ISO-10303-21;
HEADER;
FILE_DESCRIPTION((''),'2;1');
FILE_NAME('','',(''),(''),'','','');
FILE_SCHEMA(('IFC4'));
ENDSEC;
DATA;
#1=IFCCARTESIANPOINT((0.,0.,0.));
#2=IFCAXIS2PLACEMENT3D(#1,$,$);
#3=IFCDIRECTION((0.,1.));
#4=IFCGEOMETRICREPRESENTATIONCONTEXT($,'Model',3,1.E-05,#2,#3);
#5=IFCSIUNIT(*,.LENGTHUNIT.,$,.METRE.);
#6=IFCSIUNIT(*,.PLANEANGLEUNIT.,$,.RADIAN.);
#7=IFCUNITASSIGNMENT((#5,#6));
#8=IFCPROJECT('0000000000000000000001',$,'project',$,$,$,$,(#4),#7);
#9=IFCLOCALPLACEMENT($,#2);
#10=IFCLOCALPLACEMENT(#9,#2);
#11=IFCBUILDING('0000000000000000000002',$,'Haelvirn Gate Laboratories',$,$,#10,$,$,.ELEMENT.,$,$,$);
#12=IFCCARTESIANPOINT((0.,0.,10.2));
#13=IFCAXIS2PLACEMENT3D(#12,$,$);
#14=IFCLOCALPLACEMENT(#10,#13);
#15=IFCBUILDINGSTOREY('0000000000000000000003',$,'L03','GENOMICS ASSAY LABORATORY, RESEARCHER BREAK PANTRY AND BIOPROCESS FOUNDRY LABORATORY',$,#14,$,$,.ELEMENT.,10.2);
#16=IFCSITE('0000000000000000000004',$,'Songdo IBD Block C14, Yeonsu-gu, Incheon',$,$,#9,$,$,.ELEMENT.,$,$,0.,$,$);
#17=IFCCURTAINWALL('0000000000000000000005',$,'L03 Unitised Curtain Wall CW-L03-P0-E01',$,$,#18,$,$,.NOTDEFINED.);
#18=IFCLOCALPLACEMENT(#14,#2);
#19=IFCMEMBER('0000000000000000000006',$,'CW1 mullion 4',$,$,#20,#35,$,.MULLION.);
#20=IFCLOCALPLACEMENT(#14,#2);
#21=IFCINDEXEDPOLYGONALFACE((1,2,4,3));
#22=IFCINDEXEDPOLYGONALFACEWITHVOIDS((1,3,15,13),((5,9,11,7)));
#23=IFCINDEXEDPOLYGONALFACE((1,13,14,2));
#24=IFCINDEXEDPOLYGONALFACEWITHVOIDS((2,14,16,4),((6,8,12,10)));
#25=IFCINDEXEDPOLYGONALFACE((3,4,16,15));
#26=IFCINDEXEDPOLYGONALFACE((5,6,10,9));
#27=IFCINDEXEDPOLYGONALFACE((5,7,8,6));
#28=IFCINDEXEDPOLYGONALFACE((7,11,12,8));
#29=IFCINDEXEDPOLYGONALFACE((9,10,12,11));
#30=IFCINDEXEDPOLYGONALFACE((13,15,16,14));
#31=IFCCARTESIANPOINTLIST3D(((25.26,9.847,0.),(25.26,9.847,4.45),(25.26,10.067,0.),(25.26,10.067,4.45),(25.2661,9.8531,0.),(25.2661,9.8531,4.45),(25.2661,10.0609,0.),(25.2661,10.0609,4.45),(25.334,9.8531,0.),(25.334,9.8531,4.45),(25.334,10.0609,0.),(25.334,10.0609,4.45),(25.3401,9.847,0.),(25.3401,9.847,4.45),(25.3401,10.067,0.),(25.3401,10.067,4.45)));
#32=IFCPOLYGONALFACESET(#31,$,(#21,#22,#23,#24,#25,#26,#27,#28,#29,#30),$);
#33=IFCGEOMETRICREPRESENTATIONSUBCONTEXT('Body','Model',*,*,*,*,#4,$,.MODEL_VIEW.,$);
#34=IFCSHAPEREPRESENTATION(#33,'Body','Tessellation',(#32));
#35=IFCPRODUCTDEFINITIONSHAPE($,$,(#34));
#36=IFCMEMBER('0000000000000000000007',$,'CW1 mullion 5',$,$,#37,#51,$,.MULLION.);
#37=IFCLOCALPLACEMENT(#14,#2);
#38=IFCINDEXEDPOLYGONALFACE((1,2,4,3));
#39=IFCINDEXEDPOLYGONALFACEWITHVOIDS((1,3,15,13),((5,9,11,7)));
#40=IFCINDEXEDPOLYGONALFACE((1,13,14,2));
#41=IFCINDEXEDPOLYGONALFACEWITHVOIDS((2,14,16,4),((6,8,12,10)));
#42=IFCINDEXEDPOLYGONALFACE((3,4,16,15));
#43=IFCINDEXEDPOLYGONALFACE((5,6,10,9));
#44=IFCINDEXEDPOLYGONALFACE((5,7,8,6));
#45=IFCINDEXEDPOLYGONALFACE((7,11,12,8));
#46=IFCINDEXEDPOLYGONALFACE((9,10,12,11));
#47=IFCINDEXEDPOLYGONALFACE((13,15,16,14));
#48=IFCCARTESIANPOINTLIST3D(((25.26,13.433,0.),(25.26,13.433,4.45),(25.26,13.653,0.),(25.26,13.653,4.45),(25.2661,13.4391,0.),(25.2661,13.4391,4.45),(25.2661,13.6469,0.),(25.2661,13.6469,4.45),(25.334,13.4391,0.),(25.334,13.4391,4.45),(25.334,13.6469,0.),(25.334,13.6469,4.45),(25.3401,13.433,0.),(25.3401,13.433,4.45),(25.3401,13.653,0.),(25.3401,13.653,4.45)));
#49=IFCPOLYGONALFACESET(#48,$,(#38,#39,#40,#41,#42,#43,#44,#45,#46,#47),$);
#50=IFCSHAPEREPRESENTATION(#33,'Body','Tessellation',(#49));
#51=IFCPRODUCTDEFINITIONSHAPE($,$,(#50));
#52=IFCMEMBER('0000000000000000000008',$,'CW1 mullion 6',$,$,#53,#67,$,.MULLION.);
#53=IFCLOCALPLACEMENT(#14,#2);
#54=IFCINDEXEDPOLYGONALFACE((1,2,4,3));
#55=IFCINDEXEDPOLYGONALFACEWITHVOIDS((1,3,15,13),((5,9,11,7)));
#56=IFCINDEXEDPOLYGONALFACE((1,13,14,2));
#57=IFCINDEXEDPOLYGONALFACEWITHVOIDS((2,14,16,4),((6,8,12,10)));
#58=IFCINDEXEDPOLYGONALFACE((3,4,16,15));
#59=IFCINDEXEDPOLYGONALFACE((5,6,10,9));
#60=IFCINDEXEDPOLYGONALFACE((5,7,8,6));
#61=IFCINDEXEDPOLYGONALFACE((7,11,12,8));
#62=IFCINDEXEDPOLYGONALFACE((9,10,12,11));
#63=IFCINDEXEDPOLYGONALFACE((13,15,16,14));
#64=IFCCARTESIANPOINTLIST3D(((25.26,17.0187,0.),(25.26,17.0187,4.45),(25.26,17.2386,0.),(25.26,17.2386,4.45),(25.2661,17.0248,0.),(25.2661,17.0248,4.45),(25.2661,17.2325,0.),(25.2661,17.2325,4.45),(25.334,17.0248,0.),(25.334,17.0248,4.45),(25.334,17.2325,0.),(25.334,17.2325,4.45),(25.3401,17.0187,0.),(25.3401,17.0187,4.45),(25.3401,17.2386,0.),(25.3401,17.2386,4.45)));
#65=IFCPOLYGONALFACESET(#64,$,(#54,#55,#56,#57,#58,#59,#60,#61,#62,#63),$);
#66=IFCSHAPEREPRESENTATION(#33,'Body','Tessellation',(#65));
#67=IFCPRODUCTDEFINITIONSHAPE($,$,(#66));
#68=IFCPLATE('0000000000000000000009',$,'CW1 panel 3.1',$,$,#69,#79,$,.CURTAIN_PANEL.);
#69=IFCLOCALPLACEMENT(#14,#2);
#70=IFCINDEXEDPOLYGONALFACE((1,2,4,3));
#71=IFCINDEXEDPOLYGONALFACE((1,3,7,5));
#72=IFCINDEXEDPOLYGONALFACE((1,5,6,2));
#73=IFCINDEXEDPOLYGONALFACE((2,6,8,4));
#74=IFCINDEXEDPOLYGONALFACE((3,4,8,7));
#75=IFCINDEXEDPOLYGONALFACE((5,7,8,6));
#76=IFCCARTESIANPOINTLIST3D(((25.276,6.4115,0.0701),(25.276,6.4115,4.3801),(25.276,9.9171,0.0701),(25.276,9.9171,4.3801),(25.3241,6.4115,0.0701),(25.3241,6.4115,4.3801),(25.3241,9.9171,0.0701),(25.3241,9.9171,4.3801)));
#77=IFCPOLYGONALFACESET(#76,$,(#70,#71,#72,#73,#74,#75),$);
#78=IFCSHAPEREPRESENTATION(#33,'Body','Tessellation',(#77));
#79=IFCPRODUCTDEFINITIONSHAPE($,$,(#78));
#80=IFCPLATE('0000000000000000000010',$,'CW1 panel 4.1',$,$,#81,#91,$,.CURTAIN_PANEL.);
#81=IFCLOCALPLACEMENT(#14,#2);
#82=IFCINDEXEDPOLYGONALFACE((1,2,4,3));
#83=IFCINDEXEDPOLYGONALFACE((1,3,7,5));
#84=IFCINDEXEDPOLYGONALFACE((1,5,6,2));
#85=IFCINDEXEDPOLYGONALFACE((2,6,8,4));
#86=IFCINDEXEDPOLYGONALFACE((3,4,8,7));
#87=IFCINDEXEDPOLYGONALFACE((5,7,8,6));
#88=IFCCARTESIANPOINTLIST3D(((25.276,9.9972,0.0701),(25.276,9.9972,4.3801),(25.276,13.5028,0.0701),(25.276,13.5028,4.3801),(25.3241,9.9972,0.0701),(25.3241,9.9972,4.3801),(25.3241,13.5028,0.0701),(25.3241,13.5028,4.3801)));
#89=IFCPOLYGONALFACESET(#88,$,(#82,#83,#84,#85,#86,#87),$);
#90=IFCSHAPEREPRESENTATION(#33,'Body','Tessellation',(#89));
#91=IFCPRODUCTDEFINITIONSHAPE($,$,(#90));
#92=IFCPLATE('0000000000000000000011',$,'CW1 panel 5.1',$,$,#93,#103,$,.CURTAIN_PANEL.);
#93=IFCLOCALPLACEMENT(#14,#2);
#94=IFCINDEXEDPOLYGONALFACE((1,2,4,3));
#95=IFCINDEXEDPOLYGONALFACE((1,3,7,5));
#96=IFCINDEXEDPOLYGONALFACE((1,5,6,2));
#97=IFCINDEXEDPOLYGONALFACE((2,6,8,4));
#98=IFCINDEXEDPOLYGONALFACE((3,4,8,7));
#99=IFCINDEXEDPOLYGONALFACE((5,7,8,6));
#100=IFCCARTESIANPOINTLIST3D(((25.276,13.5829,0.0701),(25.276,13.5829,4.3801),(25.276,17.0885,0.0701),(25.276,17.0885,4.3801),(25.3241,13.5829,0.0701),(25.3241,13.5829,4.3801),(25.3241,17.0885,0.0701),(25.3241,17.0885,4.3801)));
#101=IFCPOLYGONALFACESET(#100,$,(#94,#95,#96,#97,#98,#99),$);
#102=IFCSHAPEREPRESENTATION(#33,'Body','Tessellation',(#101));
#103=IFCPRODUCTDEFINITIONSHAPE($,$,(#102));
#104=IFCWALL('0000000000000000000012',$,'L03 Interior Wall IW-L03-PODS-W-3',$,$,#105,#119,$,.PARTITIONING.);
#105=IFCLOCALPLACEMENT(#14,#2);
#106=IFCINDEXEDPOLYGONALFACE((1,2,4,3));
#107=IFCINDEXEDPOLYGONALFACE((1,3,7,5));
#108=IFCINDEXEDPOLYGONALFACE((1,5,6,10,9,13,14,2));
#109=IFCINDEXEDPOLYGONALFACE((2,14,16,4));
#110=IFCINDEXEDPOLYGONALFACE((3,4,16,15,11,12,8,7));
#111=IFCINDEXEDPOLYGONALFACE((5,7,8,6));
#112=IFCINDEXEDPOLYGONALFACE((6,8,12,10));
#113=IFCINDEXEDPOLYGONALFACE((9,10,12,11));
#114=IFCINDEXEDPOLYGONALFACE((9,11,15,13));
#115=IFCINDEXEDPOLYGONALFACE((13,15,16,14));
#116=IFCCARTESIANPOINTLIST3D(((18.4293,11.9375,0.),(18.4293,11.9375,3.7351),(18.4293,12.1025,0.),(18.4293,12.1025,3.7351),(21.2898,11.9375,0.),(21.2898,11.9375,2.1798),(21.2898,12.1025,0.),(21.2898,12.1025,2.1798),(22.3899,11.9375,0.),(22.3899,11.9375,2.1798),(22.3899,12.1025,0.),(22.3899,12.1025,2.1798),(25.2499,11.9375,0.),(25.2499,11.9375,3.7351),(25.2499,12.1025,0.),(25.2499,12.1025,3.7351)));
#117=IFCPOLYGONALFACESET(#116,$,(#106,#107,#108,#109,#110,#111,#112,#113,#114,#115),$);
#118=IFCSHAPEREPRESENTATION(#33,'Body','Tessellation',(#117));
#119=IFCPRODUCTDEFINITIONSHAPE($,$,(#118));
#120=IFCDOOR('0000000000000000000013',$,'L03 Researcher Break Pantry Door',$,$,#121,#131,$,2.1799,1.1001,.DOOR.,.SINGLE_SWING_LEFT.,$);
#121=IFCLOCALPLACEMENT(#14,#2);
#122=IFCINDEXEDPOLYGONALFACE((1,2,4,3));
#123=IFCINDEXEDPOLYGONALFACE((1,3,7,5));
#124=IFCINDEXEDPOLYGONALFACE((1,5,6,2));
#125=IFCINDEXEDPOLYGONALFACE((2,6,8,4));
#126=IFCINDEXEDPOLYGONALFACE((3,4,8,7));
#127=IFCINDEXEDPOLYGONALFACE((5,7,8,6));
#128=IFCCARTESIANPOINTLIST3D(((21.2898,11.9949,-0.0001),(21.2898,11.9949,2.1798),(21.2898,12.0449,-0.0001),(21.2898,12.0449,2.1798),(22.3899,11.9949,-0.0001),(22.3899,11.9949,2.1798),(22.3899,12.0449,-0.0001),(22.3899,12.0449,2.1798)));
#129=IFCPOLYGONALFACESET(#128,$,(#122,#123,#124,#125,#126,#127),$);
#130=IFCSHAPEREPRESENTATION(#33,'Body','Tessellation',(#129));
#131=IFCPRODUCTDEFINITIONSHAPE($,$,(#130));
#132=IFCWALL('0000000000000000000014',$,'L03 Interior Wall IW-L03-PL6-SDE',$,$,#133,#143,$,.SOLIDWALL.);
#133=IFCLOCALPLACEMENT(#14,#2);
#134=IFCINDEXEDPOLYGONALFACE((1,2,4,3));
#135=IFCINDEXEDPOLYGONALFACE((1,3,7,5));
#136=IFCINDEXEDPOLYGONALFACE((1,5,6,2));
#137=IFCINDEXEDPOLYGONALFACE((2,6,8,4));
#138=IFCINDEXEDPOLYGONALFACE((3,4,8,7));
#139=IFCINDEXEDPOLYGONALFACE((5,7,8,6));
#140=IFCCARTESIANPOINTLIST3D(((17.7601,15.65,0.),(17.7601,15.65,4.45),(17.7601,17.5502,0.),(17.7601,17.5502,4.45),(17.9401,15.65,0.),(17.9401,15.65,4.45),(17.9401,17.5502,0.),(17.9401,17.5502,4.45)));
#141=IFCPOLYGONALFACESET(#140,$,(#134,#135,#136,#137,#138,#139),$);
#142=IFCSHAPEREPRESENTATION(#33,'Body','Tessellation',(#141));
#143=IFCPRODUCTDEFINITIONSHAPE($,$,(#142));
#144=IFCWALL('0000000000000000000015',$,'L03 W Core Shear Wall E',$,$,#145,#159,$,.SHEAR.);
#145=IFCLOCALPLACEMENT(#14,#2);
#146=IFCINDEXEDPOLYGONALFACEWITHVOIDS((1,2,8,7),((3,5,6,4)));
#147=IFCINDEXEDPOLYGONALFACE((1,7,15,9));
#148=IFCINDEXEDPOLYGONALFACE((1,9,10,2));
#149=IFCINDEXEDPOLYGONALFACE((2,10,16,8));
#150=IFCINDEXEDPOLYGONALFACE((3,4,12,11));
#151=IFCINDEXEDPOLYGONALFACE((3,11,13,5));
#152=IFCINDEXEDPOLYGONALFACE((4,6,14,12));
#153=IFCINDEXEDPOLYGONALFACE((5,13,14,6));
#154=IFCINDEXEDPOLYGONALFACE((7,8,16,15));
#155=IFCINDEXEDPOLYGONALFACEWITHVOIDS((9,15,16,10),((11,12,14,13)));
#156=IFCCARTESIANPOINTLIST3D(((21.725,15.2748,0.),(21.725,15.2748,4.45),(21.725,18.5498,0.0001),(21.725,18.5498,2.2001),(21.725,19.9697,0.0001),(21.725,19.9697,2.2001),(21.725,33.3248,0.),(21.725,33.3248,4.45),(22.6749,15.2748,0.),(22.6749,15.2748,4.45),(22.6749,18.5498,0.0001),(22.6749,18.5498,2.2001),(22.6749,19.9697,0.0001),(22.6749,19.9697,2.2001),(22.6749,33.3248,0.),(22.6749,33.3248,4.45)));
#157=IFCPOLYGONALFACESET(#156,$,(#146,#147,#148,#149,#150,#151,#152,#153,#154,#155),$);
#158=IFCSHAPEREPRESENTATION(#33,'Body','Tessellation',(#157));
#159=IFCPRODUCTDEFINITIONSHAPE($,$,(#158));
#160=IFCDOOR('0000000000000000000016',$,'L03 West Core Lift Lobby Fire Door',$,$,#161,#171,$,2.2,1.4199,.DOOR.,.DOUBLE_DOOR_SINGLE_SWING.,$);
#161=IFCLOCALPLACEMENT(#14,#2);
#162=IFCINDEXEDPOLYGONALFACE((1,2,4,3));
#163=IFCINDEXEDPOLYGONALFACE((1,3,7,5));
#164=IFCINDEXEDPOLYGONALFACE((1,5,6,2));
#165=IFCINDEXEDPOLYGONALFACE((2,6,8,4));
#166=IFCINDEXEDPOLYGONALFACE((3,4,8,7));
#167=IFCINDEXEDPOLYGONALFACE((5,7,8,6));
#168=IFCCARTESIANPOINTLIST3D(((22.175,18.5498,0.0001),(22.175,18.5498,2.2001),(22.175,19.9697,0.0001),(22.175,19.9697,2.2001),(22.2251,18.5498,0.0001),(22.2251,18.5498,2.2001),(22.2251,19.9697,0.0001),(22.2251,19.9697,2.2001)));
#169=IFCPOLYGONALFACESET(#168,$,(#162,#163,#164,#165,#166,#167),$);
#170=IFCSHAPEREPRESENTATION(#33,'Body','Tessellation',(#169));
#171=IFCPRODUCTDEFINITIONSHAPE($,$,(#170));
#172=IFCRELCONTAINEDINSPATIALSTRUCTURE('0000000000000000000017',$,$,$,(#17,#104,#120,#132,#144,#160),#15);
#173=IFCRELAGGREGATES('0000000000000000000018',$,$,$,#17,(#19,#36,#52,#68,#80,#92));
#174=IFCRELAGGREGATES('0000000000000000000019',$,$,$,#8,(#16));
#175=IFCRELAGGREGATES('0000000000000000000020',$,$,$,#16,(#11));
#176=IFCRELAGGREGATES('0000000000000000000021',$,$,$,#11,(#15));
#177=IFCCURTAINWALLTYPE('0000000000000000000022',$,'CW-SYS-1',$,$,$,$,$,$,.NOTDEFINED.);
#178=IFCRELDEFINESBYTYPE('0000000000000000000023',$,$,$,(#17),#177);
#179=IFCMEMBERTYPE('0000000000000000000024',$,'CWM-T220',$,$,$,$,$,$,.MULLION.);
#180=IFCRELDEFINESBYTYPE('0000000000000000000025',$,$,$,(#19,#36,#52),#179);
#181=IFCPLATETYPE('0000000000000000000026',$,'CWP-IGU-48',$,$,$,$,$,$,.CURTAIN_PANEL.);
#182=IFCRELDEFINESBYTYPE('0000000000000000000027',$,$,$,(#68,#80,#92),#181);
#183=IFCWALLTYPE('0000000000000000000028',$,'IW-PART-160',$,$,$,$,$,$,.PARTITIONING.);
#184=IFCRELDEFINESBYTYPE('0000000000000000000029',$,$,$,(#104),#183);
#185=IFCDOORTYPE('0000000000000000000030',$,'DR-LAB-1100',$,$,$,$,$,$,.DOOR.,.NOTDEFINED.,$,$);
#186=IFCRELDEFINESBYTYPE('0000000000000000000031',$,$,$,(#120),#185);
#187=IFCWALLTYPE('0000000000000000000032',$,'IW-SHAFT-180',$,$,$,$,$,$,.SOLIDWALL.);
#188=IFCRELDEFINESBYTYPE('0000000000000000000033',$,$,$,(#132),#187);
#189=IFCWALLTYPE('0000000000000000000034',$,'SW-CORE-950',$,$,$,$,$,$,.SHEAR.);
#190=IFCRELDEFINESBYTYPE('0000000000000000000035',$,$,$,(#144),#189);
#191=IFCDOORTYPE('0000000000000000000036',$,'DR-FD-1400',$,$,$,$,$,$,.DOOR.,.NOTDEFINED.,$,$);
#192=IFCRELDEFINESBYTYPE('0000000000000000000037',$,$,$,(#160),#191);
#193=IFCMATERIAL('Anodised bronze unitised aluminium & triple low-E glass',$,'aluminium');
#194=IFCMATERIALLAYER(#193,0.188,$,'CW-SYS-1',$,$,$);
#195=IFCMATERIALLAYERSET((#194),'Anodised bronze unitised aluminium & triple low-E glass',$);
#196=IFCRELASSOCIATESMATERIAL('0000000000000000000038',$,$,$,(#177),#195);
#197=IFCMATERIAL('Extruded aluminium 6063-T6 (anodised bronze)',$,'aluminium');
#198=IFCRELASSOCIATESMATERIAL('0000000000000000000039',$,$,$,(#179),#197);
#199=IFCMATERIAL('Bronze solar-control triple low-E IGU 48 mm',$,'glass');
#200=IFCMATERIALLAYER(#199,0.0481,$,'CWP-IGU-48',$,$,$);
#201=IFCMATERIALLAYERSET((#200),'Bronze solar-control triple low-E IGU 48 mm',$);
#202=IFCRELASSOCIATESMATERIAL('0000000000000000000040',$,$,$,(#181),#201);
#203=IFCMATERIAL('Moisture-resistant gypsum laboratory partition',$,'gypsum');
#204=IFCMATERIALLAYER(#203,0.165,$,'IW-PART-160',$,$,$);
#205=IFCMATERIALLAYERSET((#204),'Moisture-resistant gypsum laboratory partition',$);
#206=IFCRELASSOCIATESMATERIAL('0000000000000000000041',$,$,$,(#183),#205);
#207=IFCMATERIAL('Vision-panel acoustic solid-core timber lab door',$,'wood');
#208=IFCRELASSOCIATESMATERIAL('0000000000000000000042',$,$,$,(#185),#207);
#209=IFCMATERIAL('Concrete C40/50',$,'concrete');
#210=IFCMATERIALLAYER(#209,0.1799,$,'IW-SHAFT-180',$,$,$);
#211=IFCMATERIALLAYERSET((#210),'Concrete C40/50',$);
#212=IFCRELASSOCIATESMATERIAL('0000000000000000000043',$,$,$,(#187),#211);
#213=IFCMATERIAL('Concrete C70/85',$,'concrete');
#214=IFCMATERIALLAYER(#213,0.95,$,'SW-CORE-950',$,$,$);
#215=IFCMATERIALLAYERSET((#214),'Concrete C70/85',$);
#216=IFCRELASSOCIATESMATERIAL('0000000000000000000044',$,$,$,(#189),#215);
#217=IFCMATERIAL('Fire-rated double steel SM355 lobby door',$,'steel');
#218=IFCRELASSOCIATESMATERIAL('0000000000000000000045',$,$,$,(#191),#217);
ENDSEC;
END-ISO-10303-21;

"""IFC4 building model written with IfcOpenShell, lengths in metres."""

from ifc_helpers import new_model, si_unit, direction, frame, frame_2d, origin, origin_2d, place, context, subcontext, project, spatial, rectangle, hollow_rectangle, extrude, source, transform, mapped, material, layer, layer_set, material_profile, profile_set, type_object, type_shapes, element, fill, aggregate, save


model = new_model("IFC4")

# Units and contexts
model_context = context("Model", 3, precision=1e-05, world=origin(), true_north=direction((0.0, 1.0)))
body_context = subcontext(model_context, "Body", "Model", "MODEL_VIEW")
ifc_project = project(units=[si_unit("LENGTHUNIT", "METRE"), si_unit("PLANEANGLEUNIT", "RADIAN")], contexts=[model_context])

# Site, building, storey
site_placement = place(None, origin())
site = spatial("IfcSite", under=ifc_project, at=site_placement, Name="Songdo IBD Block C14, Yeonsu-gu, Incheon", CompositionType="ELEMENT", RefElevation=0.0)
building_placement = place(site_placement, origin())
building = spatial("IfcBuilding", under=site, at=building_placement, Name="Haelvirn Gate Laboratories", CompositionType="ELEMENT")
storey_placement = place(building_placement, frame((0.0, 0.0, 10.2)))
storey = spatial("IfcBuildingStorey", under=building, at=storey_placement, Name="L03", Description="GENOMICS ASSAY LABORATORY, RESEARCHER BREAK PANTRY AND BIOPROCESS FOUNDRY LABORATORY", CompositionType="ELEMENT", Elevation=10.2)

# Shared definitions
ifc_material_1 = material(Name="Concrete C70/85", Category="concrete")

# Curtain wall, members, plates
ifc_material_2 = material(Name="Anodised bronze unitised aluminium & triple low-E glass", Category="aluminium")
ifc_layer_1 = layer(ifc_material_2, 0.188, Name="CW-SYS-1")
ifc_layer_set_1 = layer_set([ifc_layer_1], Name="Anodised bronze unitised aluminium & triple low-E glass")
curtain_wall_type = type_object("IfcCurtainWallType", Name="CW-SYS-1", PredefinedType="NOTDEFINED", material=ifc_layer_set_1)
curtain_wall_placement = place(storey_placement, origin())
curtain_wall = element("IfcCurtainWall", 1, at=curtain_wall_placement, inside=storey, type_object=curtain_wall_type, Name="L03 Unitised Curtain Wall CW-L03-P0-E01", PredefinedType="NOTDEFINED")
ifc_material_3 = material(Name="Extruded aluminium 6063-T6 (anodised bronze)", Category="aluminium")
ifc_material_profile_1 = material_profile(ifc_material_3, hollow_rectangle(XDim=0.0801, YDim=0.22, WallThickness=0.0061, at=origin_2d()), Name="CWM-220x80x6")
ifc_profile_set_1 = profile_set([ifc_material_profile_1], Name="Extruded aluminium 6063-T6 (anodised bronze)")
member_type_1 = type_object("IfcMemberType", Name="CWM-T220", PredefinedType="MULLION", material=ifc_profile_set_1)
shared_shape_1 = source(origin(), body_context, "Body", "SweptSolid", [
    extrude(hollow_rectangle(XDim=0.0801, YDim=0.22, WallThickness=0.0061, at=origin_2d()), origin(), (0.0, 0.0, 1.0), 4.45),
])
type_shapes(member_type_1, [shared_shape_1])
member_1_placement = place(storey_placement, frame((25.3, 9.957, 0.0), z_axis=(0.0, 0.0, 1.0), x_axis=(-1.0, 0.0, 0.0)))
member_1 = element("IfcMember", 2, at=member_1_placement, type_object=member_type_1, Name="CW1 mullion 4", PredefinedType="MULLION", context=body_context, shape_type="MappedRepresentation", body=[
    mapped(shared_shape_1, transform((0.0, 0.0, 0.0), scale=1.0)),
])
member_2_placement = place(storey_placement, frame((25.3, 13.543, 0.0), z_axis=(0.0, 0.0, 1.0), x_axis=(-1.0, 0.0, 0.0)))
member_2 = element("IfcMember", 3, at=member_2_placement, type_object=member_type_1, Name="CW1 mullion 5", PredefinedType="MULLION", context=body_context, shape_type="MappedRepresentation", body=[
    mapped(shared_shape_1, transform((0.0, 0.0, 0.0), scale=1.0)),
])
member_3_placement = place(storey_placement, frame((25.3, 17.1287, 0.0), z_axis=(0.0, 0.0, 1.0), x_axis=(-1.0, 0.0, 0.0)))
member_3 = element("IfcMember", 4, at=member_3_placement, type_object=member_type_1, Name="CW1 mullion 6", PredefinedType="MULLION", context=body_context, shape_type="MappedRepresentation", body=[
    mapped(shared_shape_1, transform((0.0, 0.0, 0.0), scale=1.0)),
])
ifc_material_4 = material(Name="Bronze solar-control triple low-E IGU 48 mm", Category="glass")
ifc_layer_2 = layer(ifc_material_4, 0.0481, Name="CWP-IGU-48")
ifc_layer_set_2 = layer_set([ifc_layer_2], Name="Bronze solar-control triple low-E IGU 48 mm")
plate_type = type_object("IfcPlateType", Name="CWP-IGU-48", PredefinedType="CURTAIN_PANEL", material=ifc_layer_set_2)
shared_shape_2 = source(origin(), body_context, "Body", "SweptSolid", [
    extrude(rectangle(XDim=3.5056, YDim=0.0481, at=origin_2d()), origin(), (0.0, 0.0, 1.0), 4.3101),
])
type_shapes(plate_type, [shared_shape_2])
plate_1_placement = place(storey_placement, frame((25.3, 8.1643, 0.0701), z_axis=(0.0, 0.0, 1.0), x_axis=(0.0, 1.0, 0.0)))
plate_1 = element("IfcPlate", 5, at=plate_1_placement, type_object=plate_type, Name="CW1 panel 3.1", PredefinedType="CURTAIN_PANEL", context=body_context, shape_type="MappedRepresentation", body=[
    mapped(shared_shape_2, transform((0.0, 0.0, 0.0), scale=1.0)),
])
plate_2_placement = place(storey_placement, frame((25.3, 11.75, 0.0701), z_axis=(0.0, 0.0, 1.0), x_axis=(0.0, 1.0, 0.0)))
plate_2 = element("IfcPlate", 6, at=plate_2_placement, type_object=plate_type, Name="CW1 panel 4.1", PredefinedType="CURTAIN_PANEL", context=body_context, shape_type="MappedRepresentation", body=[
    mapped(shared_shape_2, transform((0.0, 0.0, 0.0), scale=1.0)),
])
plate_3_placement = place(storey_placement, frame((25.3, 15.3357, 0.0701), z_axis=(0.0, 0.0, 1.0), x_axis=(0.0, 1.0, 0.0)))
plate_3 = element("IfcPlate", 7, at=plate_3_placement, type_object=plate_type, Name="CW1 panel 5.1", PredefinedType="CURTAIN_PANEL", context=body_context, shape_type="MappedRepresentation", body=[
    mapped(shared_shape_2, transform((0.0, 0.0, 0.0), scale=1.0)),
])
aggregate(curtain_wall, [member_1, member_2, member_3, plate_1, plate_2, plate_3])

# Wall, opening, door
ifc_material_5 = material(Name="Moisture-resistant gypsum laboratory partition", Category="gypsum")
ifc_layer_3 = layer(ifc_material_5, 0.165, Name="IW-PART-160")
ifc_layer_set_3 = layer_set([ifc_layer_3], Name="Moisture-resistant gypsum laboratory partition")
wall_type_1 = type_object("IfcWallType", Name="IW-PART-160", PredefinedType="PARTITIONING", material=ifc_layer_set_3)
wall_1_placement = place(storey_placement, frame((18.4294, 12.02, 0.0), z_axis=(0.0, 0.0, 1.0), x_axis=(1.0, 0.0, 0.0)))
wall_1 = element("IfcWall", 8, at=wall_1_placement, inside=storey, type_object=wall_type_1, Name="L03 Interior Wall IW-L03-PODS-W-3", PredefinedType="PARTITIONING", context=body_context, shape_type="SweptSolid", body=[
    extrude(rectangle(XDim=6.8206, YDim=0.165, at=frame_2d((3.4102, 0.0))), origin(), (0.0, 0.0, 1.0), 3.7351),
])
opening_1_placement = place(wall_1_placement, frame((2.8604, 0.0, 0.0)))
opening_1 = element("IfcOpeningElement", 9, at=opening_1_placement, cuts=wall_1, PredefinedType="OPENING", context=body_context, shape_type="SweptSolid", body=[
    extrude(rectangle(XDim=1.1001, YDim=2.1799, at=frame_2d((0.55, 1.0898))), frame((0.0, 0.0925, 0.0), z_axis=(0.0, -1.0, 0.0), x_axis=(1.0, 0.0, 0.0)), (0.0, 0.0, 1.0), 0.1851),
])
ifc_material_6 = material(Name="Vision-panel acoustic solid-core timber lab door", Category="wood")
door_type_1 = type_object("IfcDoorType", Name="DR-LAB-1100", OperationType="NOTDEFINED", PredefinedType="DOOR", material=ifc_material_6)
shared_shape_3 = source(origin(), body_context, "Body", "SweptSolid", [
    extrude(rectangle(XDim=1.1001, YDim=2.1799, at=frame_2d((0.55, 1.0898))), frame((0.0, 0.0249, 0.0), z_axis=(0.0, -1.0, 0.0), x_axis=(1.0, 0.0, 0.0)), (0.0, 0.0, 1.0), 0.05),
])
type_shapes(door_type_1, [shared_shape_3])
door_1_placement = place(opening_1_placement, origin())
door_1 = element("IfcDoor", 10, at=door_1_placement, inside=storey, type_object=door_type_1, Name="L03 Researcher Break Pantry Door", OperationType="SINGLE_SWING_LEFT", OverallHeight=2.1799, OverallWidth=1.1001, PredefinedType="DOOR", context=body_context, shape_type="MappedRepresentation", body=[
    mapped(shared_shape_3, transform((0.0, 0.0, 0.0), scale=1.0)),
])
fill(opening_1, door_1)

# Wall
ifc_material_7 = material(Name="Concrete C40/50", Category="concrete")
ifc_layer_4 = layer(ifc_material_7, 0.1799, Name="IW-SHAFT-180")
ifc_layer_set_4 = layer_set([ifc_layer_4], Name="Concrete C40/50")
wall_type_2 = type_object("IfcWallType", Name="IW-SHAFT-180", PredefinedType="SOLIDWALL", material=ifc_layer_set_4)
wall_2_placement = place(storey_placement, frame((17.8501, 15.6499, 0.0), z_axis=(0.0, 0.0, 1.0), x_axis=(0.0, 1.0, 0.0)))
element("IfcWall", 11, at=wall_2_placement, inside=storey, type_object=wall_type_2, Name="L03 Interior Wall IW-L03-PL6-SDE", PredefinedType="SOLIDWALL", context=body_context, shape_type="SweptSolid", body=[
    extrude(rectangle(XDim=1.9001, YDim=0.1799, at=frame_2d((0.9502, 0.0))), origin(), (0.0, 0.0, 1.0), 4.45),
])

# Wall, opening, door
ifc_layer_5 = layer(ifc_material_1, 0.95, Name="SW-CORE-950")
ifc_layer_set_5 = layer_set([ifc_layer_5], Name="Concrete C70/85")
wall_type_3 = type_object("IfcWallType", Name="SW-CORE-950", PredefinedType="SHEAR", material=ifc_layer_set_5)
wall_3_placement = place(storey_placement, frame((22.2, 15.2749, 0.0), z_axis=(0.0, 0.0, 1.0), x_axis=(0.0, 1.0, 0.0)))
wall_3 = element("IfcWall", 12, at=wall_3_placement, inside=storey, type_object=wall_type_3, Name="L03 W Core Shear Wall E", PredefinedType="SHEAR", context=body_context, shape_type="SweptSolid", body=[
    extrude(rectangle(XDim=18.05, YDim=0.95, at=frame_2d((9.0249, 0.0))), origin(), (0.0, 0.0, 1.0), 4.45),
])
opening_2_placement = place(wall_3_placement, frame((3.2749, 0.0, 0.0)))
opening_2 = element("IfcOpeningElement", 13, at=opening_2_placement, cuts=wall_3, PredefinedType="OPENING", context=body_context, shape_type="SweptSolid", body=[
    extrude(rectangle(XDim=1.4199, YDim=2.2, at=frame_2d((0.71, 1.1001))), frame((0.0, 0.4849, 0.0), z_axis=(0.0, -1.0, 0.0), x_axis=(1.0, 0.0, 0.0)), (0.0, 0.0, 1.0), 0.97),
])
ifc_material_8 = material(Name="Fire-rated double steel SM355 lobby door", Category="steel")
door_type_2 = type_object("IfcDoorType", Name="DR-FD-1400", OperationType="NOTDEFINED", PredefinedType="DOOR", material=ifc_material_8)
shared_shape_4 = source(origin(), body_context, "Body", "SweptSolid", [
    extrude(rectangle(XDim=1.4199, YDim=2.2, at=frame_2d((0.71, 1.1001))), frame((0.0, 0.0249, 0.0), z_axis=(0.0, -1.0, 0.0), x_axis=(1.0, 0.0, 0.0)), (0.0, 0.0, 1.0), 0.05),
])
type_shapes(door_type_2, [shared_shape_4])
door_2_placement = place(opening_2_placement, origin())
door_2 = element("IfcDoor", 14, at=door_2_placement, inside=storey, type_object=door_type_2, Name="L03 West Core Lift Lobby Fire Door", OperationType="DOUBLE_DOOR_SINGLE_SWING", OverallHeight=2.2, OverallWidth=1.4199, PredefinedType="DOOR", context=body_context, shape_type="MappedRepresentation", body=[
    mapped(shared_shape_4, transform((0.0, 0.0, 0.0), scale=1.0)),
])
fill(opening_2, door_2)

save(model, "model.ifc")
